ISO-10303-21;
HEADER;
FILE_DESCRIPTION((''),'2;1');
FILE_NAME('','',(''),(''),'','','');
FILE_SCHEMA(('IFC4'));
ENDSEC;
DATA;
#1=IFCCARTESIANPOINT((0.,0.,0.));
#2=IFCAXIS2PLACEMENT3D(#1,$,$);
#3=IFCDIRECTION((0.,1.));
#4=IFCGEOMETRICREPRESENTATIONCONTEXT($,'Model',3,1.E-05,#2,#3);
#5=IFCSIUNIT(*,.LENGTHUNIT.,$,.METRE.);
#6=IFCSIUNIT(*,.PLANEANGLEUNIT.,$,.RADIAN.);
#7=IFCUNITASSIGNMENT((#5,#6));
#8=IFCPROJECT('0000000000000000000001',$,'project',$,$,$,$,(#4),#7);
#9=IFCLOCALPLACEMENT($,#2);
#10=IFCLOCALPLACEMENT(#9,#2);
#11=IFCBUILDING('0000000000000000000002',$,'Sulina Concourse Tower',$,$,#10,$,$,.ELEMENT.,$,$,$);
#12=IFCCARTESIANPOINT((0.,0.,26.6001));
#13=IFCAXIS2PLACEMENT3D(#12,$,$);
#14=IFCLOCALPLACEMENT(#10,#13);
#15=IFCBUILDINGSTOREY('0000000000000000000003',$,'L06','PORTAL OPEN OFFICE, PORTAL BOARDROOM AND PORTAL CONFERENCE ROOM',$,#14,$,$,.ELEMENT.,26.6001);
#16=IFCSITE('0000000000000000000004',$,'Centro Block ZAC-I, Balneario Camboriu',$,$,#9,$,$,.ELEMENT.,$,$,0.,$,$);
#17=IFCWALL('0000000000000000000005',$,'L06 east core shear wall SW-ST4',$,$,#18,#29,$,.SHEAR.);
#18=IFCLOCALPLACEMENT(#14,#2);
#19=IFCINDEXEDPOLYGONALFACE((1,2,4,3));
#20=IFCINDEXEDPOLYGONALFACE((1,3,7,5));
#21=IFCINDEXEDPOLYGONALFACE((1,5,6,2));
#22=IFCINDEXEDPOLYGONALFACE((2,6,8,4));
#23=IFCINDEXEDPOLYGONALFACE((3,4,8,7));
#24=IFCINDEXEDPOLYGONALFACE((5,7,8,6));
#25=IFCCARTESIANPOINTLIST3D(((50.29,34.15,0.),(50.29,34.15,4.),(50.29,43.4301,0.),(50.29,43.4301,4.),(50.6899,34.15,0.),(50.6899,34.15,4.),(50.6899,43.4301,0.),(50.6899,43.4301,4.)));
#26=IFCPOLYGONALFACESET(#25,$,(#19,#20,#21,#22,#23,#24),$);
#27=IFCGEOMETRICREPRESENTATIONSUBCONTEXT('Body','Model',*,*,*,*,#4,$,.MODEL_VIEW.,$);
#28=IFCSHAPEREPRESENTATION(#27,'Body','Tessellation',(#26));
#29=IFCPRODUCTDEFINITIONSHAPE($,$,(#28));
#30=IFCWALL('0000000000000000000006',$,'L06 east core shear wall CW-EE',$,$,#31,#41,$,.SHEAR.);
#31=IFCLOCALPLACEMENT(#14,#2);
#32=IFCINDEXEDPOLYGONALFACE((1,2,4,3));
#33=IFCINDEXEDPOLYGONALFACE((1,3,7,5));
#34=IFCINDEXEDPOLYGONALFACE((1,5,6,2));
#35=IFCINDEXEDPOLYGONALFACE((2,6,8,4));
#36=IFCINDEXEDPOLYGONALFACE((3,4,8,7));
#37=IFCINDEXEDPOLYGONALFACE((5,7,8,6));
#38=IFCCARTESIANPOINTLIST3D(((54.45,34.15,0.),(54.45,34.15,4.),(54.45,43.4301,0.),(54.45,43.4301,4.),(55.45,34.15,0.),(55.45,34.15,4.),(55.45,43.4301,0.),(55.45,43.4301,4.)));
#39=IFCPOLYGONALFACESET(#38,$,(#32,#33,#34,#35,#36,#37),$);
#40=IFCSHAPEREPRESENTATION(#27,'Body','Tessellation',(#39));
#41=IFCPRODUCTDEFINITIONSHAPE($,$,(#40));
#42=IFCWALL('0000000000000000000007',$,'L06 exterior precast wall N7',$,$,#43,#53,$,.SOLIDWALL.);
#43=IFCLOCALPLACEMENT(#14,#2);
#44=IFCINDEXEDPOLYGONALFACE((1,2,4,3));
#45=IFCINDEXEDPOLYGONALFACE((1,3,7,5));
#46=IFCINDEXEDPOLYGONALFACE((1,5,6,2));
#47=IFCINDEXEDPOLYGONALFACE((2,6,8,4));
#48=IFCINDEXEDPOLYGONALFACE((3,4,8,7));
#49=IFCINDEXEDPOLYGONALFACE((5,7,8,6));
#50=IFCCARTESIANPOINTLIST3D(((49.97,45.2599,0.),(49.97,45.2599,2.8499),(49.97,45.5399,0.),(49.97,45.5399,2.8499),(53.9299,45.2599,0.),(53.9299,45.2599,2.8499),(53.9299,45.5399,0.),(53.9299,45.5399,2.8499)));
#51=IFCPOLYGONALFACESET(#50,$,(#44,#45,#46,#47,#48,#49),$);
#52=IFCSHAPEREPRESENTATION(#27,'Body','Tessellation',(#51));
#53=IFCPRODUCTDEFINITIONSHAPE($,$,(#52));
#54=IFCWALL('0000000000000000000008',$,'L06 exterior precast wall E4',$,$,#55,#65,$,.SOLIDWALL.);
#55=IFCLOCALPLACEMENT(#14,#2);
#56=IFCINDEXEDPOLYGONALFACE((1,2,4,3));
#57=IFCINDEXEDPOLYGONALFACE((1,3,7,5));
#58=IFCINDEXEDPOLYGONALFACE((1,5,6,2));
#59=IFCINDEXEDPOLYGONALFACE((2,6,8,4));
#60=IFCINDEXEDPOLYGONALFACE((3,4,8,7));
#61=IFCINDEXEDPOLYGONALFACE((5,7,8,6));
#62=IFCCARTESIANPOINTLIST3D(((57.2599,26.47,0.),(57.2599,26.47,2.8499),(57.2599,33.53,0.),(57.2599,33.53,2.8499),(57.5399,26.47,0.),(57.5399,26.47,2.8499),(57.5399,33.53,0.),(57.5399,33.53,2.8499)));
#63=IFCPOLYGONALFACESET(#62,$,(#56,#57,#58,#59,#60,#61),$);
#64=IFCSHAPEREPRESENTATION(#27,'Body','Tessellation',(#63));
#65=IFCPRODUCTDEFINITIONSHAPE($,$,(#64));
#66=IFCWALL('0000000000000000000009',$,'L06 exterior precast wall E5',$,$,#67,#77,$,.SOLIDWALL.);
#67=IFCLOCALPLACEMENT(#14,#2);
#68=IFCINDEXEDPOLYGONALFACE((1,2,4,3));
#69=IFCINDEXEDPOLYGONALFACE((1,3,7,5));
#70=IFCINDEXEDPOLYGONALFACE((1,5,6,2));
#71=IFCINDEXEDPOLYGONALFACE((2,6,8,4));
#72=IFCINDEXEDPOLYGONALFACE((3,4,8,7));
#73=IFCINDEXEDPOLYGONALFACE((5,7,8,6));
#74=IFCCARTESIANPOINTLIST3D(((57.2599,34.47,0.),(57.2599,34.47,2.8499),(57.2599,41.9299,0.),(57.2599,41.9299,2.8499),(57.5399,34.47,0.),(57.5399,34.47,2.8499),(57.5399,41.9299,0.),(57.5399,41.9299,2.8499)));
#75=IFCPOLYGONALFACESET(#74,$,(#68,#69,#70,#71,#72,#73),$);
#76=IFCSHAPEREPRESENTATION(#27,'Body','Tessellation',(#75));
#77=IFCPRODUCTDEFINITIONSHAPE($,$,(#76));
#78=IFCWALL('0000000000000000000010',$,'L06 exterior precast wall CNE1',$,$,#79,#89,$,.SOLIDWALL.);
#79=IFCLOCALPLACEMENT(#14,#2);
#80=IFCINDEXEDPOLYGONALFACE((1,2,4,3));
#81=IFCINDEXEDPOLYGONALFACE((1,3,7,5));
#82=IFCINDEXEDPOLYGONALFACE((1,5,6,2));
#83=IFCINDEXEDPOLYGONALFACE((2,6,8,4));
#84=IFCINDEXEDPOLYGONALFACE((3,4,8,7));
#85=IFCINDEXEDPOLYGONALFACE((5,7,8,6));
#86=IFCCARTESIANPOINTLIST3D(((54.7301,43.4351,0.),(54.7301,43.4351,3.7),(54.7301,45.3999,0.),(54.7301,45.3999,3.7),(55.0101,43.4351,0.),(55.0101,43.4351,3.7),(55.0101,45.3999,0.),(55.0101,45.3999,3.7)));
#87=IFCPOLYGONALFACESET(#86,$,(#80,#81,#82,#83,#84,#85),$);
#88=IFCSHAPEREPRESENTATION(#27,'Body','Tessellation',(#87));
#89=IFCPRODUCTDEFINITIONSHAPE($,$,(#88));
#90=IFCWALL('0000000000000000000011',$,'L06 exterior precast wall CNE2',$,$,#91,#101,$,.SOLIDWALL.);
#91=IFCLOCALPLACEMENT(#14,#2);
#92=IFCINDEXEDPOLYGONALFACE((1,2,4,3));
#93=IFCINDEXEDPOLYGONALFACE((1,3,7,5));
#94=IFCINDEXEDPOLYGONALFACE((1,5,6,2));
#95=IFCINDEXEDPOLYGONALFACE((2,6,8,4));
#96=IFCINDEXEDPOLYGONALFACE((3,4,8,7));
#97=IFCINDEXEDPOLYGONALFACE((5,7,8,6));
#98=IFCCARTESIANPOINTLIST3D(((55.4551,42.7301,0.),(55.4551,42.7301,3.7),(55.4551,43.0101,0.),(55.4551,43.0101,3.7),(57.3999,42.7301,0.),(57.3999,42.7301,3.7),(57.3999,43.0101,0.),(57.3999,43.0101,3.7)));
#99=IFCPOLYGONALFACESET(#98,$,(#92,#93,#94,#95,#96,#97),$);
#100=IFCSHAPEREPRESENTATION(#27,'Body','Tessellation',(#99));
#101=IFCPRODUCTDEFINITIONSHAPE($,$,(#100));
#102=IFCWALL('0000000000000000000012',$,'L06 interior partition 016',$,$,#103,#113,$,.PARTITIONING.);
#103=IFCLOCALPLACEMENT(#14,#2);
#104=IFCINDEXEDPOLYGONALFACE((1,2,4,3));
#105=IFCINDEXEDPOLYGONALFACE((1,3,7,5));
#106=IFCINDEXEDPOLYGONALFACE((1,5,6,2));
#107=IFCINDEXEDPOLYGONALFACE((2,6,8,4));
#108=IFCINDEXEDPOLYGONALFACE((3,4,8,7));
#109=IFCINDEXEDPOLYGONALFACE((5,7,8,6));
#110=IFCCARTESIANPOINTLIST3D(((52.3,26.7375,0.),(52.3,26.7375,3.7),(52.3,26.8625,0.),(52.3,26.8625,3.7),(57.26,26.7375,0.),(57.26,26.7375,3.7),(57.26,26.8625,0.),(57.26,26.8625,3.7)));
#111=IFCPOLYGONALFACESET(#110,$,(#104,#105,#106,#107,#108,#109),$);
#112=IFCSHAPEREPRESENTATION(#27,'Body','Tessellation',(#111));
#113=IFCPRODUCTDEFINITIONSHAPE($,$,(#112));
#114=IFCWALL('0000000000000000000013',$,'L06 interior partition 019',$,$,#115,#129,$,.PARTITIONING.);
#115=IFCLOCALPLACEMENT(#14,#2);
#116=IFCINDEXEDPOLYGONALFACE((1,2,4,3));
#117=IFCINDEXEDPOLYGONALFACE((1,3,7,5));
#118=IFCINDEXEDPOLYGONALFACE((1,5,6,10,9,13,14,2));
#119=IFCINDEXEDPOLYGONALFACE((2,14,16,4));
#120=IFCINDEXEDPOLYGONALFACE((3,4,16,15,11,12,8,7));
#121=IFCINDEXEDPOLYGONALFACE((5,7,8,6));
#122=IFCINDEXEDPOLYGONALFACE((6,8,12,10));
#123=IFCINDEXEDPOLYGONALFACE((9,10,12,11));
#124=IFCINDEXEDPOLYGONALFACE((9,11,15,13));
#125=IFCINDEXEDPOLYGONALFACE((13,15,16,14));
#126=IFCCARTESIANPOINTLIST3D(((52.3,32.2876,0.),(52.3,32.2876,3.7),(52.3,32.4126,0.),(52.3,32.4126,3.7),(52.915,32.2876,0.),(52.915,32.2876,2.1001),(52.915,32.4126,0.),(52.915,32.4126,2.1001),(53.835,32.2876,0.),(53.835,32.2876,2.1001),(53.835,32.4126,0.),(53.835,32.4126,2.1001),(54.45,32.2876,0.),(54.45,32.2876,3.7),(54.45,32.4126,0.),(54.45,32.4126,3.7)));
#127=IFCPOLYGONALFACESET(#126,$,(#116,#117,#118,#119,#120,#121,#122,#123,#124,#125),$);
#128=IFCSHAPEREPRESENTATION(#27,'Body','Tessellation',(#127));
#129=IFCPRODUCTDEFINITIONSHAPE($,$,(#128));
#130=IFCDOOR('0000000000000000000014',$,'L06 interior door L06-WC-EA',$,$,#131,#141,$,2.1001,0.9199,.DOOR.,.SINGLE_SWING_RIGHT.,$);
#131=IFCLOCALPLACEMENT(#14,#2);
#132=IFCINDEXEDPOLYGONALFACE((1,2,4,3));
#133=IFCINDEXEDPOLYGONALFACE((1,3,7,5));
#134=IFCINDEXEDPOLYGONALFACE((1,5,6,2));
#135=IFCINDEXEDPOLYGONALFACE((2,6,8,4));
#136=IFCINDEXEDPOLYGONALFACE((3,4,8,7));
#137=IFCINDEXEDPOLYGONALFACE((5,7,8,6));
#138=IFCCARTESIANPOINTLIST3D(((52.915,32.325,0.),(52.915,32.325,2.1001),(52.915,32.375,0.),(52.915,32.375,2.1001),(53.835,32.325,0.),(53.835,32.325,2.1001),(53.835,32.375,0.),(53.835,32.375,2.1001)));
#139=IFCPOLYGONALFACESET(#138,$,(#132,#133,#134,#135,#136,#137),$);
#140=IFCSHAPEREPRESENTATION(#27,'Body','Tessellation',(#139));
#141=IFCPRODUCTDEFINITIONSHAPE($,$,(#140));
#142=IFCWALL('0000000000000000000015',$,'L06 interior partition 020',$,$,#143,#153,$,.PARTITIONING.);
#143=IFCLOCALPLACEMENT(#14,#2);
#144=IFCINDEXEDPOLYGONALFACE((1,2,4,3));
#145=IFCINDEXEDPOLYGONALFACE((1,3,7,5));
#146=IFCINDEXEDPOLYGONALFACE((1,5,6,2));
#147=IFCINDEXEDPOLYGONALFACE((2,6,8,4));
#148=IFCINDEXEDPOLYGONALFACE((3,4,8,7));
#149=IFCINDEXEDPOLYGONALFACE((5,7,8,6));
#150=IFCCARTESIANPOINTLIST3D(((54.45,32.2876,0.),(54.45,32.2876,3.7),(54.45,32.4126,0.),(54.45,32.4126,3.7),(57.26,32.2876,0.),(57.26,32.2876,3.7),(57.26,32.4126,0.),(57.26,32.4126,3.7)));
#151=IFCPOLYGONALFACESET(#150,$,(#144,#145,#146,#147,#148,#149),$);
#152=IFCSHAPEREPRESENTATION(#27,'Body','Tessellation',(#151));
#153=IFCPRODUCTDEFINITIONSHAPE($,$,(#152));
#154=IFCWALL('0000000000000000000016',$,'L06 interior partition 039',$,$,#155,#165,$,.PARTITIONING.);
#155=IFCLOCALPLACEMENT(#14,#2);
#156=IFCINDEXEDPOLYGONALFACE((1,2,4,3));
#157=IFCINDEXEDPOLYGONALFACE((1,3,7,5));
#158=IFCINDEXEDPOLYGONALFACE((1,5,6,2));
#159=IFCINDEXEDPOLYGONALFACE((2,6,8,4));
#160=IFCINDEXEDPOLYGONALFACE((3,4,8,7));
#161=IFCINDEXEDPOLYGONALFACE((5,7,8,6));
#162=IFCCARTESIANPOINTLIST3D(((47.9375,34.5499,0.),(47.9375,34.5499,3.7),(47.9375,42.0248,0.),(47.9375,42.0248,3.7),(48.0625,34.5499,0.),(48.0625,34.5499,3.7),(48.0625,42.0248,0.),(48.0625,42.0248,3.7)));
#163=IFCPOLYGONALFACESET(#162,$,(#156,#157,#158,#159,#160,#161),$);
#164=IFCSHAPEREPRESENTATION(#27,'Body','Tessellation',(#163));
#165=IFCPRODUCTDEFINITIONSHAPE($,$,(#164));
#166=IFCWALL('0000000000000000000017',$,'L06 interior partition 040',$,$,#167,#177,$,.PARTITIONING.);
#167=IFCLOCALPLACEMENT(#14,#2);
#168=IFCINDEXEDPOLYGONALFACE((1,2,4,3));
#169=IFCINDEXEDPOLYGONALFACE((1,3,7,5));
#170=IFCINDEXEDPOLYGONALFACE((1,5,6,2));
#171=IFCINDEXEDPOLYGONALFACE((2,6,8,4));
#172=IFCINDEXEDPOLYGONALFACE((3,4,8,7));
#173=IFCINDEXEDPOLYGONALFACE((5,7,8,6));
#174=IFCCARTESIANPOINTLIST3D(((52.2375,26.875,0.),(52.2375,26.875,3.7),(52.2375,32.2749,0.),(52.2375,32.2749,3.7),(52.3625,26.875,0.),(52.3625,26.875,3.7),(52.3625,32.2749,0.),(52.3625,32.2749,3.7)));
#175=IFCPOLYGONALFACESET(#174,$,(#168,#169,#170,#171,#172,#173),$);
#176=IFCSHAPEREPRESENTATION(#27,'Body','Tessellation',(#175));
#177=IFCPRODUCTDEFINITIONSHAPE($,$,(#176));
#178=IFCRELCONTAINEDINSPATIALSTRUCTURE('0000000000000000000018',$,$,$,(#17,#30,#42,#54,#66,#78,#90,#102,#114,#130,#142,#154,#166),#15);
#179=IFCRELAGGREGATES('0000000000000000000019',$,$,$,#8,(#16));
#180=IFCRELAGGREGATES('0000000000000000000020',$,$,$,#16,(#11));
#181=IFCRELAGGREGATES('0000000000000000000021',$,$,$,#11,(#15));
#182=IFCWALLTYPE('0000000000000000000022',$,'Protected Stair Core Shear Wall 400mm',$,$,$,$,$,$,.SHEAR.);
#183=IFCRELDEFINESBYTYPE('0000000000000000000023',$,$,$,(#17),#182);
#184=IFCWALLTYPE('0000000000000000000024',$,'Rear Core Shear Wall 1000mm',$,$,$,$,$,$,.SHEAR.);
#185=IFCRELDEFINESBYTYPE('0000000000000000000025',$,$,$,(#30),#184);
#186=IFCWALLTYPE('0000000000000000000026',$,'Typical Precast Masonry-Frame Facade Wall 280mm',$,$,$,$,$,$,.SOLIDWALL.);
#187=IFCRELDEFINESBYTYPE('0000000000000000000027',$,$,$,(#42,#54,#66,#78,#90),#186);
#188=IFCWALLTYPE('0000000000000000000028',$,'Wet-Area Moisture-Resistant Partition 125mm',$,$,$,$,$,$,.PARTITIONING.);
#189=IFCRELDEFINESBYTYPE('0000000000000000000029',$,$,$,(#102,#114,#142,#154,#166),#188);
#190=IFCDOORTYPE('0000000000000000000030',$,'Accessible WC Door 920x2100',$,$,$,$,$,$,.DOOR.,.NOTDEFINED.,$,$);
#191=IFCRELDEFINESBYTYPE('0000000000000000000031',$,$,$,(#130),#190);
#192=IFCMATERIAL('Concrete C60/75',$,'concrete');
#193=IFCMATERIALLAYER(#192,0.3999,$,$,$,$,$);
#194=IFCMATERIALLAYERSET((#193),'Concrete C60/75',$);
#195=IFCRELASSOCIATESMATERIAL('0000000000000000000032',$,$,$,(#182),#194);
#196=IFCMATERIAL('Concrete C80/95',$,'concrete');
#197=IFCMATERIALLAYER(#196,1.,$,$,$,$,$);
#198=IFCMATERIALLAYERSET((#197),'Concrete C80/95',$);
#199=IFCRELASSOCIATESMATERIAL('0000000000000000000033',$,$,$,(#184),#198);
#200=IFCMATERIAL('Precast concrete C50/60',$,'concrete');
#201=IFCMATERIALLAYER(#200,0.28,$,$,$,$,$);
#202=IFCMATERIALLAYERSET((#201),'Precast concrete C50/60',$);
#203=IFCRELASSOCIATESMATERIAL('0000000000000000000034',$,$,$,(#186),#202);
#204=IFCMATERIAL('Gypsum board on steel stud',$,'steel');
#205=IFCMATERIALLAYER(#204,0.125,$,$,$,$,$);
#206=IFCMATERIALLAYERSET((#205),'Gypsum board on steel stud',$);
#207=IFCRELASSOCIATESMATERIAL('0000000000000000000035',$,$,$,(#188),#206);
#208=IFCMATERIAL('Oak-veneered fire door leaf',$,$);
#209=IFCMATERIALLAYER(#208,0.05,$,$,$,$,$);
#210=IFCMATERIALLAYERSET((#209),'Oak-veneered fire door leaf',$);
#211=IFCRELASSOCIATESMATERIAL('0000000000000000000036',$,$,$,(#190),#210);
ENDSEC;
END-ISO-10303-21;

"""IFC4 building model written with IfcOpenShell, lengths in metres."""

from ifc_helpers import new_model, si_unit, direction, frame, frame_2d, origin, place, context, subcontext, project, spatial, rectangle, extrude, material, layer, layer_set, type_object, element, fill, save


model = new_model("IFC4")

# Units and contexts
model_context = context("Model", 3, precision=1e-05, world=origin(), true_north=direction((0.0, 1.0)))
body_context = subcontext(model_context, "Body", "Model", "MODEL_VIEW")
ifc_project = project(units=[si_unit("LENGTHUNIT", "METRE"), si_unit("PLANEANGLEUNIT", "RADIAN")], contexts=[model_context])

# Site, building, storey
site_placement = place(None, origin())
site = spatial("IfcSite", under=ifc_project, at=site_placement, Name="Centro Block ZAC-I, Balneario Camboriu", CompositionType="ELEMENT", RefElevation=0.0)
building_placement = place(site_placement, origin())
building = spatial("IfcBuilding", under=site, at=building_placement, Name="Sulina Concourse Tower", CompositionType="ELEMENT")
storey_placement = place(building_placement, frame((0.0, 0.0, 26.6001)))
storey = spatial("IfcBuildingStorey", under=building, at=storey_placement, Name="L06", Description="PORTAL OPEN OFFICE, PORTAL BOARDROOM AND PORTAL CONFERENCE ROOM", CompositionType="ELEMENT", Elevation=26.6001)

# Shared definitions
ifc_material_1 = material(Name="Concrete C60/75", Category="concrete")
ifc_layer_1 = layer(ifc_material_1, 0.3999)
ifc_layer_set_1 = layer_set([ifc_layer_1], Name="Concrete C60/75")
wall_type_1 = type_object("IfcWallType", Name="Protected Stair Core Shear Wall 400mm", PredefinedType="SHEAR", material=ifc_layer_set_1)

# Walls
wall_1_placement = place(storey_placement, frame((50.49, 34.1499, 0.0), z_axis=(0.0, 0.0, 1.0), x_axis=(0.0, 1.0, 0.0)))
element("IfcWall", 1, at=wall_1_placement, inside=storey, type_object=wall_type_1, Name="L06 east core shear wall SW-ST4", PredefinedType="SHEAR", context=body_context, shape_type="SweptSolid", body=[
    extrude(rectangle(XDim=9.28, YDim=0.3999, at=frame_2d((4.6401, 0.0))), origin(), (0.0, 0.0, 1.0), 4.0),
])
ifc_material_2 = material(Name="Concrete C80/95", Category="concrete")
ifc_layer_2 = layer(ifc_material_2, 1.0)
ifc_layer_set_2 = layer_set([ifc_layer_2], Name="Concrete C80/95")
wall_type_2 = type_object("IfcWallType", Name="Rear Core Shear Wall 1000mm", PredefinedType="SHEAR", material=ifc_layer_set_2)
wall_2_placement = place(storey_placement, frame((54.95, 34.1499, 0.0), z_axis=(0.0, 0.0, 1.0), x_axis=(0.0, 1.0, 0.0)))
element("IfcWall", 2, at=wall_2_placement, inside=storey, type_object=wall_type_2, Name="L06 east core shear wall CW-EE", PredefinedType="SHEAR", context=body_context, shape_type="SweptSolid", body=[
    extrude(rectangle(XDim=9.28, YDim=1.0, at=frame_2d((4.6401, 0.0))), origin(), (0.0, 0.0, 1.0), 4.0),
])
ifc_material_3 = material(Name="Precast concrete C50/60", Category="concrete")
ifc_layer_3 = layer(ifc_material_3, 0.28)
ifc_layer_set_3 = layer_set([ifc_layer_3], Name="Precast concrete C50/60")
wall_type_3 = type_object("IfcWallType", Name="Typical Precast Masonry-Frame Facade Wall 280mm", PredefinedType="SOLIDWALL", material=ifc_layer_set_3)
wall_3_placement = place(storey_placement, frame((49.97, 45.3999, 0.0), z_axis=(0.0, 0.0, 1.0), x_axis=(1.0, 0.0, 0.0)))
element("IfcWall", 3, at=wall_3_placement, inside=storey, type_object=wall_type_3, Name="L06 exterior precast wall N7", PredefinedType="SOLIDWALL", context=body_context, shape_type="SweptSolid", body=[
    extrude(rectangle(XDim=3.96, YDim=0.28, at=frame_2d((1.98, 0.0))), origin(), (0.0, 0.0, 1.0), 2.8499),
])
wall_4_placement = place(storey_placement, frame((57.3999, 33.53, 0.0), z_axis=(0.0, 0.0, 1.0), x_axis=(0.0, -1.0, 0.0)))
element("IfcWall", 4, at=wall_4_placement, inside=storey, type_object=wall_type_3, Name="L06 exterior precast wall E4", PredefinedType="SOLIDWALL", context=body_context, shape_type="SweptSolid", body=[
    extrude(rectangle(XDim=7.0601, YDim=0.28, at=frame_2d((3.53, 0.0))), origin(), (0.0, 0.0, 1.0), 2.8499),
])
wall_5_placement = place(storey_placement, frame((57.3999, 41.9299, 0.0), z_axis=(0.0, 0.0, 1.0), x_axis=(0.0, -1.0, 0.0)))
element("IfcWall", 5, at=wall_5_placement, inside=storey, type_object=wall_type_3, Name="L06 exterior precast wall E5", PredefinedType="SOLIDWALL", context=body_context, shape_type="SweptSolid", body=[
    extrude(rectangle(XDim=7.46, YDim=0.28, at=frame_2d((3.73, 0.0))), origin(), (0.0, 0.0, 1.0), 2.8499),
])
wall_6_placement = place(storey_placement, frame((54.8701, 45.3999, 0.0), z_axis=(0.0, 0.0, 1.0), x_axis=(0.0, -1.0, 0.0)))
element("IfcWall", 6, at=wall_6_placement, inside=storey, type_object=wall_type_3, Name="L06 exterior precast wall CNE1", PredefinedType="SOLIDWALL", context=body_context, shape_type="SweptSolid", body=[
    extrude(rectangle(XDim=1.9648, YDim=0.28, at=frame_2d((0.9824, 0.0))), origin(), (0.0, 0.0, 1.0), 3.7),
])
wall_7_placement = place(storey_placement, frame((55.4551, 42.8701, 0.0), z_axis=(0.0, 0.0, 1.0), x_axis=(1.0, 0.0, 0.0)))
element("IfcWall", 7, at=wall_7_placement, inside=storey, type_object=wall_type_3, Name="L06 exterior precast wall CNE2", PredefinedType="SOLIDWALL", context=body_context, shape_type="SweptSolid", body=[
    extrude(rectangle(XDim=1.9448, YDim=0.28, at=frame_2d((0.9724, 0.0))), origin(), (0.0, 0.0, 1.0), 3.7),
])
ifc_material_4 = material(Name="Gypsum board on steel stud", Category="steel")
ifc_layer_4 = layer(ifc_material_4, 0.125)
ifc_layer_set_4 = layer_set([ifc_layer_4], Name="Gypsum board on steel stud")
wall_type_4 = type_object("IfcWallType", Name="Wet-Area Moisture-Resistant Partition 125mm", PredefinedType="PARTITIONING", material=ifc_layer_set_4)
wall_8_placement = place(storey_placement, frame((52.3, 26.8, 0.0), z_axis=(0.0, 0.0, 1.0), x_axis=(1.0, 0.0, 0.0)))
element("IfcWall", 8, at=wall_8_placement, inside=storey, type_object=wall_type_4, Name="L06 interior partition 016", PredefinedType="PARTITIONING", context=body_context, shape_type="SweptSolid", body=[
    extrude(rectangle(XDim=4.96, YDim=0.125, at=frame_2d((2.48, 0.0))), origin(), (0.0, 0.0, 1.0), 3.7),
])

# Wall, opening, door
wall_9_placement = place(storey_placement, frame((52.3, 32.3501, 0.0), z_axis=(0.0, 0.0, 1.0), x_axis=(1.0, 0.0, 0.0)))
wall_9 = element("IfcWall", 9, at=wall_9_placement, inside=storey, type_object=wall_type_4, Name="L06 interior partition 019", PredefinedType="PARTITIONING", context=body_context, shape_type="SweptSolid", body=[
    extrude(rectangle(XDim=2.1499, YDim=0.125, at=frame_2d((1.075, 0.0))), origin(), (0.0, 0.0, 1.0), 3.7),
])
opening_1_placement = place(wall_9_placement, frame((0.615, 0.0, 0.0)))
opening_1 = element("IfcOpeningElement", 10, at=opening_1_placement, cuts=wall_9, PredefinedType="OPENING", context=body_context, shape_type="SweptSolid", body=[
    extrude(rectangle(XDim=0.9199, YDim=2.1001, at=frame_2d((0.46, 1.05))), frame((0.0, 0.0725, 0.0), z_axis=(0.0, -1.0, 0.0), x_axis=(1.0, 0.0, 0.0)), (0.0, 0.0, 1.0), 0.145),
])
ifc_material_5 = material(Name="Oak-veneered fire door leaf")
ifc_layer_5 = layer(ifc_material_5, 0.05)
ifc_layer_set_5 = layer_set([ifc_layer_5], Name="Oak-veneered fire door leaf")
door_type_1 = type_object("IfcDoorType", Name="Accessible WC Door 920x2100", OperationType="NOTDEFINED", PredefinedType="DOOR", material=ifc_layer_set_5)
door_1_placement = place(opening_1_placement, origin())
door_1 = element("IfcDoor", 11, at=door_1_placement, inside=storey, type_object=door_type_1, Name="L06 interior door L06-WC-EA", OperationType="SINGLE_SWING_RIGHT", OverallHeight=2.1001, OverallWidth=0.9199, PredefinedType="DOOR", context=body_context, shape_type="SweptSolid", body=[
    extrude(rectangle(XDim=0.9199, YDim=2.1001, at=frame_2d((0.46, 1.05))), frame((0.0, 0.0249, 0.0), z_axis=(0.0, -1.0, 0.0), x_axis=(1.0, 0.0, 0.0)), (0.0, 0.0, 1.0), 0.05),
])
fill(opening_1, door_1)

# Walls
wall_10_placement = place(storey_placement, frame((54.45, 32.3501, 0.0), z_axis=(0.0, 0.0, 1.0), x_axis=(1.0, 0.0, 0.0)))
element("IfcWall", 12, at=wall_10_placement, inside=storey, type_object=wall_type_4, Name="L06 interior partition 020", PredefinedType="PARTITIONING", context=body_context, shape_type="SweptSolid", body=[
    extrude(rectangle(XDim=2.8101, YDim=0.125, at=frame_2d((1.405, 0.0))), origin(), (0.0, 0.0, 1.0), 3.7),
])
wall_11_placement = place(storey_placement, frame((48.0, 34.55, 0.0), z_axis=(0.0, 0.0, 1.0), x_axis=(0.0, 1.0, 0.0)))
element("IfcWall", 13, at=wall_11_placement, inside=storey, type_object=wall_type_4, Name="L06 interior partition 039", PredefinedType="PARTITIONING", context=body_context, shape_type="SweptSolid", body=[
    extrude(rectangle(XDim=7.4749, YDim=0.125, at=frame_2d((3.7373, 0.0))), origin(), (0.0, 0.0, 1.0), 3.7),
])
wall_12_placement = place(storey_placement, frame((52.3, 26.875, 0.0), z_axis=(0.0, 0.0, 1.0), x_axis=(0.0, 1.0, 0.0)))
element("IfcWall", 14, at=wall_12_placement, inside=storey, type_object=wall_type_4, Name="L06 interior partition 040", PredefinedType="PARTITIONING", context=body_context, shape_type="SweptSolid", body=[
    extrude(rectangle(XDim=5.3999, YDim=0.125, at=frame_2d((2.7, 0.0))), origin(), (0.0, 0.0, 1.0), 3.7),
])

save(model, "model.ifc")
